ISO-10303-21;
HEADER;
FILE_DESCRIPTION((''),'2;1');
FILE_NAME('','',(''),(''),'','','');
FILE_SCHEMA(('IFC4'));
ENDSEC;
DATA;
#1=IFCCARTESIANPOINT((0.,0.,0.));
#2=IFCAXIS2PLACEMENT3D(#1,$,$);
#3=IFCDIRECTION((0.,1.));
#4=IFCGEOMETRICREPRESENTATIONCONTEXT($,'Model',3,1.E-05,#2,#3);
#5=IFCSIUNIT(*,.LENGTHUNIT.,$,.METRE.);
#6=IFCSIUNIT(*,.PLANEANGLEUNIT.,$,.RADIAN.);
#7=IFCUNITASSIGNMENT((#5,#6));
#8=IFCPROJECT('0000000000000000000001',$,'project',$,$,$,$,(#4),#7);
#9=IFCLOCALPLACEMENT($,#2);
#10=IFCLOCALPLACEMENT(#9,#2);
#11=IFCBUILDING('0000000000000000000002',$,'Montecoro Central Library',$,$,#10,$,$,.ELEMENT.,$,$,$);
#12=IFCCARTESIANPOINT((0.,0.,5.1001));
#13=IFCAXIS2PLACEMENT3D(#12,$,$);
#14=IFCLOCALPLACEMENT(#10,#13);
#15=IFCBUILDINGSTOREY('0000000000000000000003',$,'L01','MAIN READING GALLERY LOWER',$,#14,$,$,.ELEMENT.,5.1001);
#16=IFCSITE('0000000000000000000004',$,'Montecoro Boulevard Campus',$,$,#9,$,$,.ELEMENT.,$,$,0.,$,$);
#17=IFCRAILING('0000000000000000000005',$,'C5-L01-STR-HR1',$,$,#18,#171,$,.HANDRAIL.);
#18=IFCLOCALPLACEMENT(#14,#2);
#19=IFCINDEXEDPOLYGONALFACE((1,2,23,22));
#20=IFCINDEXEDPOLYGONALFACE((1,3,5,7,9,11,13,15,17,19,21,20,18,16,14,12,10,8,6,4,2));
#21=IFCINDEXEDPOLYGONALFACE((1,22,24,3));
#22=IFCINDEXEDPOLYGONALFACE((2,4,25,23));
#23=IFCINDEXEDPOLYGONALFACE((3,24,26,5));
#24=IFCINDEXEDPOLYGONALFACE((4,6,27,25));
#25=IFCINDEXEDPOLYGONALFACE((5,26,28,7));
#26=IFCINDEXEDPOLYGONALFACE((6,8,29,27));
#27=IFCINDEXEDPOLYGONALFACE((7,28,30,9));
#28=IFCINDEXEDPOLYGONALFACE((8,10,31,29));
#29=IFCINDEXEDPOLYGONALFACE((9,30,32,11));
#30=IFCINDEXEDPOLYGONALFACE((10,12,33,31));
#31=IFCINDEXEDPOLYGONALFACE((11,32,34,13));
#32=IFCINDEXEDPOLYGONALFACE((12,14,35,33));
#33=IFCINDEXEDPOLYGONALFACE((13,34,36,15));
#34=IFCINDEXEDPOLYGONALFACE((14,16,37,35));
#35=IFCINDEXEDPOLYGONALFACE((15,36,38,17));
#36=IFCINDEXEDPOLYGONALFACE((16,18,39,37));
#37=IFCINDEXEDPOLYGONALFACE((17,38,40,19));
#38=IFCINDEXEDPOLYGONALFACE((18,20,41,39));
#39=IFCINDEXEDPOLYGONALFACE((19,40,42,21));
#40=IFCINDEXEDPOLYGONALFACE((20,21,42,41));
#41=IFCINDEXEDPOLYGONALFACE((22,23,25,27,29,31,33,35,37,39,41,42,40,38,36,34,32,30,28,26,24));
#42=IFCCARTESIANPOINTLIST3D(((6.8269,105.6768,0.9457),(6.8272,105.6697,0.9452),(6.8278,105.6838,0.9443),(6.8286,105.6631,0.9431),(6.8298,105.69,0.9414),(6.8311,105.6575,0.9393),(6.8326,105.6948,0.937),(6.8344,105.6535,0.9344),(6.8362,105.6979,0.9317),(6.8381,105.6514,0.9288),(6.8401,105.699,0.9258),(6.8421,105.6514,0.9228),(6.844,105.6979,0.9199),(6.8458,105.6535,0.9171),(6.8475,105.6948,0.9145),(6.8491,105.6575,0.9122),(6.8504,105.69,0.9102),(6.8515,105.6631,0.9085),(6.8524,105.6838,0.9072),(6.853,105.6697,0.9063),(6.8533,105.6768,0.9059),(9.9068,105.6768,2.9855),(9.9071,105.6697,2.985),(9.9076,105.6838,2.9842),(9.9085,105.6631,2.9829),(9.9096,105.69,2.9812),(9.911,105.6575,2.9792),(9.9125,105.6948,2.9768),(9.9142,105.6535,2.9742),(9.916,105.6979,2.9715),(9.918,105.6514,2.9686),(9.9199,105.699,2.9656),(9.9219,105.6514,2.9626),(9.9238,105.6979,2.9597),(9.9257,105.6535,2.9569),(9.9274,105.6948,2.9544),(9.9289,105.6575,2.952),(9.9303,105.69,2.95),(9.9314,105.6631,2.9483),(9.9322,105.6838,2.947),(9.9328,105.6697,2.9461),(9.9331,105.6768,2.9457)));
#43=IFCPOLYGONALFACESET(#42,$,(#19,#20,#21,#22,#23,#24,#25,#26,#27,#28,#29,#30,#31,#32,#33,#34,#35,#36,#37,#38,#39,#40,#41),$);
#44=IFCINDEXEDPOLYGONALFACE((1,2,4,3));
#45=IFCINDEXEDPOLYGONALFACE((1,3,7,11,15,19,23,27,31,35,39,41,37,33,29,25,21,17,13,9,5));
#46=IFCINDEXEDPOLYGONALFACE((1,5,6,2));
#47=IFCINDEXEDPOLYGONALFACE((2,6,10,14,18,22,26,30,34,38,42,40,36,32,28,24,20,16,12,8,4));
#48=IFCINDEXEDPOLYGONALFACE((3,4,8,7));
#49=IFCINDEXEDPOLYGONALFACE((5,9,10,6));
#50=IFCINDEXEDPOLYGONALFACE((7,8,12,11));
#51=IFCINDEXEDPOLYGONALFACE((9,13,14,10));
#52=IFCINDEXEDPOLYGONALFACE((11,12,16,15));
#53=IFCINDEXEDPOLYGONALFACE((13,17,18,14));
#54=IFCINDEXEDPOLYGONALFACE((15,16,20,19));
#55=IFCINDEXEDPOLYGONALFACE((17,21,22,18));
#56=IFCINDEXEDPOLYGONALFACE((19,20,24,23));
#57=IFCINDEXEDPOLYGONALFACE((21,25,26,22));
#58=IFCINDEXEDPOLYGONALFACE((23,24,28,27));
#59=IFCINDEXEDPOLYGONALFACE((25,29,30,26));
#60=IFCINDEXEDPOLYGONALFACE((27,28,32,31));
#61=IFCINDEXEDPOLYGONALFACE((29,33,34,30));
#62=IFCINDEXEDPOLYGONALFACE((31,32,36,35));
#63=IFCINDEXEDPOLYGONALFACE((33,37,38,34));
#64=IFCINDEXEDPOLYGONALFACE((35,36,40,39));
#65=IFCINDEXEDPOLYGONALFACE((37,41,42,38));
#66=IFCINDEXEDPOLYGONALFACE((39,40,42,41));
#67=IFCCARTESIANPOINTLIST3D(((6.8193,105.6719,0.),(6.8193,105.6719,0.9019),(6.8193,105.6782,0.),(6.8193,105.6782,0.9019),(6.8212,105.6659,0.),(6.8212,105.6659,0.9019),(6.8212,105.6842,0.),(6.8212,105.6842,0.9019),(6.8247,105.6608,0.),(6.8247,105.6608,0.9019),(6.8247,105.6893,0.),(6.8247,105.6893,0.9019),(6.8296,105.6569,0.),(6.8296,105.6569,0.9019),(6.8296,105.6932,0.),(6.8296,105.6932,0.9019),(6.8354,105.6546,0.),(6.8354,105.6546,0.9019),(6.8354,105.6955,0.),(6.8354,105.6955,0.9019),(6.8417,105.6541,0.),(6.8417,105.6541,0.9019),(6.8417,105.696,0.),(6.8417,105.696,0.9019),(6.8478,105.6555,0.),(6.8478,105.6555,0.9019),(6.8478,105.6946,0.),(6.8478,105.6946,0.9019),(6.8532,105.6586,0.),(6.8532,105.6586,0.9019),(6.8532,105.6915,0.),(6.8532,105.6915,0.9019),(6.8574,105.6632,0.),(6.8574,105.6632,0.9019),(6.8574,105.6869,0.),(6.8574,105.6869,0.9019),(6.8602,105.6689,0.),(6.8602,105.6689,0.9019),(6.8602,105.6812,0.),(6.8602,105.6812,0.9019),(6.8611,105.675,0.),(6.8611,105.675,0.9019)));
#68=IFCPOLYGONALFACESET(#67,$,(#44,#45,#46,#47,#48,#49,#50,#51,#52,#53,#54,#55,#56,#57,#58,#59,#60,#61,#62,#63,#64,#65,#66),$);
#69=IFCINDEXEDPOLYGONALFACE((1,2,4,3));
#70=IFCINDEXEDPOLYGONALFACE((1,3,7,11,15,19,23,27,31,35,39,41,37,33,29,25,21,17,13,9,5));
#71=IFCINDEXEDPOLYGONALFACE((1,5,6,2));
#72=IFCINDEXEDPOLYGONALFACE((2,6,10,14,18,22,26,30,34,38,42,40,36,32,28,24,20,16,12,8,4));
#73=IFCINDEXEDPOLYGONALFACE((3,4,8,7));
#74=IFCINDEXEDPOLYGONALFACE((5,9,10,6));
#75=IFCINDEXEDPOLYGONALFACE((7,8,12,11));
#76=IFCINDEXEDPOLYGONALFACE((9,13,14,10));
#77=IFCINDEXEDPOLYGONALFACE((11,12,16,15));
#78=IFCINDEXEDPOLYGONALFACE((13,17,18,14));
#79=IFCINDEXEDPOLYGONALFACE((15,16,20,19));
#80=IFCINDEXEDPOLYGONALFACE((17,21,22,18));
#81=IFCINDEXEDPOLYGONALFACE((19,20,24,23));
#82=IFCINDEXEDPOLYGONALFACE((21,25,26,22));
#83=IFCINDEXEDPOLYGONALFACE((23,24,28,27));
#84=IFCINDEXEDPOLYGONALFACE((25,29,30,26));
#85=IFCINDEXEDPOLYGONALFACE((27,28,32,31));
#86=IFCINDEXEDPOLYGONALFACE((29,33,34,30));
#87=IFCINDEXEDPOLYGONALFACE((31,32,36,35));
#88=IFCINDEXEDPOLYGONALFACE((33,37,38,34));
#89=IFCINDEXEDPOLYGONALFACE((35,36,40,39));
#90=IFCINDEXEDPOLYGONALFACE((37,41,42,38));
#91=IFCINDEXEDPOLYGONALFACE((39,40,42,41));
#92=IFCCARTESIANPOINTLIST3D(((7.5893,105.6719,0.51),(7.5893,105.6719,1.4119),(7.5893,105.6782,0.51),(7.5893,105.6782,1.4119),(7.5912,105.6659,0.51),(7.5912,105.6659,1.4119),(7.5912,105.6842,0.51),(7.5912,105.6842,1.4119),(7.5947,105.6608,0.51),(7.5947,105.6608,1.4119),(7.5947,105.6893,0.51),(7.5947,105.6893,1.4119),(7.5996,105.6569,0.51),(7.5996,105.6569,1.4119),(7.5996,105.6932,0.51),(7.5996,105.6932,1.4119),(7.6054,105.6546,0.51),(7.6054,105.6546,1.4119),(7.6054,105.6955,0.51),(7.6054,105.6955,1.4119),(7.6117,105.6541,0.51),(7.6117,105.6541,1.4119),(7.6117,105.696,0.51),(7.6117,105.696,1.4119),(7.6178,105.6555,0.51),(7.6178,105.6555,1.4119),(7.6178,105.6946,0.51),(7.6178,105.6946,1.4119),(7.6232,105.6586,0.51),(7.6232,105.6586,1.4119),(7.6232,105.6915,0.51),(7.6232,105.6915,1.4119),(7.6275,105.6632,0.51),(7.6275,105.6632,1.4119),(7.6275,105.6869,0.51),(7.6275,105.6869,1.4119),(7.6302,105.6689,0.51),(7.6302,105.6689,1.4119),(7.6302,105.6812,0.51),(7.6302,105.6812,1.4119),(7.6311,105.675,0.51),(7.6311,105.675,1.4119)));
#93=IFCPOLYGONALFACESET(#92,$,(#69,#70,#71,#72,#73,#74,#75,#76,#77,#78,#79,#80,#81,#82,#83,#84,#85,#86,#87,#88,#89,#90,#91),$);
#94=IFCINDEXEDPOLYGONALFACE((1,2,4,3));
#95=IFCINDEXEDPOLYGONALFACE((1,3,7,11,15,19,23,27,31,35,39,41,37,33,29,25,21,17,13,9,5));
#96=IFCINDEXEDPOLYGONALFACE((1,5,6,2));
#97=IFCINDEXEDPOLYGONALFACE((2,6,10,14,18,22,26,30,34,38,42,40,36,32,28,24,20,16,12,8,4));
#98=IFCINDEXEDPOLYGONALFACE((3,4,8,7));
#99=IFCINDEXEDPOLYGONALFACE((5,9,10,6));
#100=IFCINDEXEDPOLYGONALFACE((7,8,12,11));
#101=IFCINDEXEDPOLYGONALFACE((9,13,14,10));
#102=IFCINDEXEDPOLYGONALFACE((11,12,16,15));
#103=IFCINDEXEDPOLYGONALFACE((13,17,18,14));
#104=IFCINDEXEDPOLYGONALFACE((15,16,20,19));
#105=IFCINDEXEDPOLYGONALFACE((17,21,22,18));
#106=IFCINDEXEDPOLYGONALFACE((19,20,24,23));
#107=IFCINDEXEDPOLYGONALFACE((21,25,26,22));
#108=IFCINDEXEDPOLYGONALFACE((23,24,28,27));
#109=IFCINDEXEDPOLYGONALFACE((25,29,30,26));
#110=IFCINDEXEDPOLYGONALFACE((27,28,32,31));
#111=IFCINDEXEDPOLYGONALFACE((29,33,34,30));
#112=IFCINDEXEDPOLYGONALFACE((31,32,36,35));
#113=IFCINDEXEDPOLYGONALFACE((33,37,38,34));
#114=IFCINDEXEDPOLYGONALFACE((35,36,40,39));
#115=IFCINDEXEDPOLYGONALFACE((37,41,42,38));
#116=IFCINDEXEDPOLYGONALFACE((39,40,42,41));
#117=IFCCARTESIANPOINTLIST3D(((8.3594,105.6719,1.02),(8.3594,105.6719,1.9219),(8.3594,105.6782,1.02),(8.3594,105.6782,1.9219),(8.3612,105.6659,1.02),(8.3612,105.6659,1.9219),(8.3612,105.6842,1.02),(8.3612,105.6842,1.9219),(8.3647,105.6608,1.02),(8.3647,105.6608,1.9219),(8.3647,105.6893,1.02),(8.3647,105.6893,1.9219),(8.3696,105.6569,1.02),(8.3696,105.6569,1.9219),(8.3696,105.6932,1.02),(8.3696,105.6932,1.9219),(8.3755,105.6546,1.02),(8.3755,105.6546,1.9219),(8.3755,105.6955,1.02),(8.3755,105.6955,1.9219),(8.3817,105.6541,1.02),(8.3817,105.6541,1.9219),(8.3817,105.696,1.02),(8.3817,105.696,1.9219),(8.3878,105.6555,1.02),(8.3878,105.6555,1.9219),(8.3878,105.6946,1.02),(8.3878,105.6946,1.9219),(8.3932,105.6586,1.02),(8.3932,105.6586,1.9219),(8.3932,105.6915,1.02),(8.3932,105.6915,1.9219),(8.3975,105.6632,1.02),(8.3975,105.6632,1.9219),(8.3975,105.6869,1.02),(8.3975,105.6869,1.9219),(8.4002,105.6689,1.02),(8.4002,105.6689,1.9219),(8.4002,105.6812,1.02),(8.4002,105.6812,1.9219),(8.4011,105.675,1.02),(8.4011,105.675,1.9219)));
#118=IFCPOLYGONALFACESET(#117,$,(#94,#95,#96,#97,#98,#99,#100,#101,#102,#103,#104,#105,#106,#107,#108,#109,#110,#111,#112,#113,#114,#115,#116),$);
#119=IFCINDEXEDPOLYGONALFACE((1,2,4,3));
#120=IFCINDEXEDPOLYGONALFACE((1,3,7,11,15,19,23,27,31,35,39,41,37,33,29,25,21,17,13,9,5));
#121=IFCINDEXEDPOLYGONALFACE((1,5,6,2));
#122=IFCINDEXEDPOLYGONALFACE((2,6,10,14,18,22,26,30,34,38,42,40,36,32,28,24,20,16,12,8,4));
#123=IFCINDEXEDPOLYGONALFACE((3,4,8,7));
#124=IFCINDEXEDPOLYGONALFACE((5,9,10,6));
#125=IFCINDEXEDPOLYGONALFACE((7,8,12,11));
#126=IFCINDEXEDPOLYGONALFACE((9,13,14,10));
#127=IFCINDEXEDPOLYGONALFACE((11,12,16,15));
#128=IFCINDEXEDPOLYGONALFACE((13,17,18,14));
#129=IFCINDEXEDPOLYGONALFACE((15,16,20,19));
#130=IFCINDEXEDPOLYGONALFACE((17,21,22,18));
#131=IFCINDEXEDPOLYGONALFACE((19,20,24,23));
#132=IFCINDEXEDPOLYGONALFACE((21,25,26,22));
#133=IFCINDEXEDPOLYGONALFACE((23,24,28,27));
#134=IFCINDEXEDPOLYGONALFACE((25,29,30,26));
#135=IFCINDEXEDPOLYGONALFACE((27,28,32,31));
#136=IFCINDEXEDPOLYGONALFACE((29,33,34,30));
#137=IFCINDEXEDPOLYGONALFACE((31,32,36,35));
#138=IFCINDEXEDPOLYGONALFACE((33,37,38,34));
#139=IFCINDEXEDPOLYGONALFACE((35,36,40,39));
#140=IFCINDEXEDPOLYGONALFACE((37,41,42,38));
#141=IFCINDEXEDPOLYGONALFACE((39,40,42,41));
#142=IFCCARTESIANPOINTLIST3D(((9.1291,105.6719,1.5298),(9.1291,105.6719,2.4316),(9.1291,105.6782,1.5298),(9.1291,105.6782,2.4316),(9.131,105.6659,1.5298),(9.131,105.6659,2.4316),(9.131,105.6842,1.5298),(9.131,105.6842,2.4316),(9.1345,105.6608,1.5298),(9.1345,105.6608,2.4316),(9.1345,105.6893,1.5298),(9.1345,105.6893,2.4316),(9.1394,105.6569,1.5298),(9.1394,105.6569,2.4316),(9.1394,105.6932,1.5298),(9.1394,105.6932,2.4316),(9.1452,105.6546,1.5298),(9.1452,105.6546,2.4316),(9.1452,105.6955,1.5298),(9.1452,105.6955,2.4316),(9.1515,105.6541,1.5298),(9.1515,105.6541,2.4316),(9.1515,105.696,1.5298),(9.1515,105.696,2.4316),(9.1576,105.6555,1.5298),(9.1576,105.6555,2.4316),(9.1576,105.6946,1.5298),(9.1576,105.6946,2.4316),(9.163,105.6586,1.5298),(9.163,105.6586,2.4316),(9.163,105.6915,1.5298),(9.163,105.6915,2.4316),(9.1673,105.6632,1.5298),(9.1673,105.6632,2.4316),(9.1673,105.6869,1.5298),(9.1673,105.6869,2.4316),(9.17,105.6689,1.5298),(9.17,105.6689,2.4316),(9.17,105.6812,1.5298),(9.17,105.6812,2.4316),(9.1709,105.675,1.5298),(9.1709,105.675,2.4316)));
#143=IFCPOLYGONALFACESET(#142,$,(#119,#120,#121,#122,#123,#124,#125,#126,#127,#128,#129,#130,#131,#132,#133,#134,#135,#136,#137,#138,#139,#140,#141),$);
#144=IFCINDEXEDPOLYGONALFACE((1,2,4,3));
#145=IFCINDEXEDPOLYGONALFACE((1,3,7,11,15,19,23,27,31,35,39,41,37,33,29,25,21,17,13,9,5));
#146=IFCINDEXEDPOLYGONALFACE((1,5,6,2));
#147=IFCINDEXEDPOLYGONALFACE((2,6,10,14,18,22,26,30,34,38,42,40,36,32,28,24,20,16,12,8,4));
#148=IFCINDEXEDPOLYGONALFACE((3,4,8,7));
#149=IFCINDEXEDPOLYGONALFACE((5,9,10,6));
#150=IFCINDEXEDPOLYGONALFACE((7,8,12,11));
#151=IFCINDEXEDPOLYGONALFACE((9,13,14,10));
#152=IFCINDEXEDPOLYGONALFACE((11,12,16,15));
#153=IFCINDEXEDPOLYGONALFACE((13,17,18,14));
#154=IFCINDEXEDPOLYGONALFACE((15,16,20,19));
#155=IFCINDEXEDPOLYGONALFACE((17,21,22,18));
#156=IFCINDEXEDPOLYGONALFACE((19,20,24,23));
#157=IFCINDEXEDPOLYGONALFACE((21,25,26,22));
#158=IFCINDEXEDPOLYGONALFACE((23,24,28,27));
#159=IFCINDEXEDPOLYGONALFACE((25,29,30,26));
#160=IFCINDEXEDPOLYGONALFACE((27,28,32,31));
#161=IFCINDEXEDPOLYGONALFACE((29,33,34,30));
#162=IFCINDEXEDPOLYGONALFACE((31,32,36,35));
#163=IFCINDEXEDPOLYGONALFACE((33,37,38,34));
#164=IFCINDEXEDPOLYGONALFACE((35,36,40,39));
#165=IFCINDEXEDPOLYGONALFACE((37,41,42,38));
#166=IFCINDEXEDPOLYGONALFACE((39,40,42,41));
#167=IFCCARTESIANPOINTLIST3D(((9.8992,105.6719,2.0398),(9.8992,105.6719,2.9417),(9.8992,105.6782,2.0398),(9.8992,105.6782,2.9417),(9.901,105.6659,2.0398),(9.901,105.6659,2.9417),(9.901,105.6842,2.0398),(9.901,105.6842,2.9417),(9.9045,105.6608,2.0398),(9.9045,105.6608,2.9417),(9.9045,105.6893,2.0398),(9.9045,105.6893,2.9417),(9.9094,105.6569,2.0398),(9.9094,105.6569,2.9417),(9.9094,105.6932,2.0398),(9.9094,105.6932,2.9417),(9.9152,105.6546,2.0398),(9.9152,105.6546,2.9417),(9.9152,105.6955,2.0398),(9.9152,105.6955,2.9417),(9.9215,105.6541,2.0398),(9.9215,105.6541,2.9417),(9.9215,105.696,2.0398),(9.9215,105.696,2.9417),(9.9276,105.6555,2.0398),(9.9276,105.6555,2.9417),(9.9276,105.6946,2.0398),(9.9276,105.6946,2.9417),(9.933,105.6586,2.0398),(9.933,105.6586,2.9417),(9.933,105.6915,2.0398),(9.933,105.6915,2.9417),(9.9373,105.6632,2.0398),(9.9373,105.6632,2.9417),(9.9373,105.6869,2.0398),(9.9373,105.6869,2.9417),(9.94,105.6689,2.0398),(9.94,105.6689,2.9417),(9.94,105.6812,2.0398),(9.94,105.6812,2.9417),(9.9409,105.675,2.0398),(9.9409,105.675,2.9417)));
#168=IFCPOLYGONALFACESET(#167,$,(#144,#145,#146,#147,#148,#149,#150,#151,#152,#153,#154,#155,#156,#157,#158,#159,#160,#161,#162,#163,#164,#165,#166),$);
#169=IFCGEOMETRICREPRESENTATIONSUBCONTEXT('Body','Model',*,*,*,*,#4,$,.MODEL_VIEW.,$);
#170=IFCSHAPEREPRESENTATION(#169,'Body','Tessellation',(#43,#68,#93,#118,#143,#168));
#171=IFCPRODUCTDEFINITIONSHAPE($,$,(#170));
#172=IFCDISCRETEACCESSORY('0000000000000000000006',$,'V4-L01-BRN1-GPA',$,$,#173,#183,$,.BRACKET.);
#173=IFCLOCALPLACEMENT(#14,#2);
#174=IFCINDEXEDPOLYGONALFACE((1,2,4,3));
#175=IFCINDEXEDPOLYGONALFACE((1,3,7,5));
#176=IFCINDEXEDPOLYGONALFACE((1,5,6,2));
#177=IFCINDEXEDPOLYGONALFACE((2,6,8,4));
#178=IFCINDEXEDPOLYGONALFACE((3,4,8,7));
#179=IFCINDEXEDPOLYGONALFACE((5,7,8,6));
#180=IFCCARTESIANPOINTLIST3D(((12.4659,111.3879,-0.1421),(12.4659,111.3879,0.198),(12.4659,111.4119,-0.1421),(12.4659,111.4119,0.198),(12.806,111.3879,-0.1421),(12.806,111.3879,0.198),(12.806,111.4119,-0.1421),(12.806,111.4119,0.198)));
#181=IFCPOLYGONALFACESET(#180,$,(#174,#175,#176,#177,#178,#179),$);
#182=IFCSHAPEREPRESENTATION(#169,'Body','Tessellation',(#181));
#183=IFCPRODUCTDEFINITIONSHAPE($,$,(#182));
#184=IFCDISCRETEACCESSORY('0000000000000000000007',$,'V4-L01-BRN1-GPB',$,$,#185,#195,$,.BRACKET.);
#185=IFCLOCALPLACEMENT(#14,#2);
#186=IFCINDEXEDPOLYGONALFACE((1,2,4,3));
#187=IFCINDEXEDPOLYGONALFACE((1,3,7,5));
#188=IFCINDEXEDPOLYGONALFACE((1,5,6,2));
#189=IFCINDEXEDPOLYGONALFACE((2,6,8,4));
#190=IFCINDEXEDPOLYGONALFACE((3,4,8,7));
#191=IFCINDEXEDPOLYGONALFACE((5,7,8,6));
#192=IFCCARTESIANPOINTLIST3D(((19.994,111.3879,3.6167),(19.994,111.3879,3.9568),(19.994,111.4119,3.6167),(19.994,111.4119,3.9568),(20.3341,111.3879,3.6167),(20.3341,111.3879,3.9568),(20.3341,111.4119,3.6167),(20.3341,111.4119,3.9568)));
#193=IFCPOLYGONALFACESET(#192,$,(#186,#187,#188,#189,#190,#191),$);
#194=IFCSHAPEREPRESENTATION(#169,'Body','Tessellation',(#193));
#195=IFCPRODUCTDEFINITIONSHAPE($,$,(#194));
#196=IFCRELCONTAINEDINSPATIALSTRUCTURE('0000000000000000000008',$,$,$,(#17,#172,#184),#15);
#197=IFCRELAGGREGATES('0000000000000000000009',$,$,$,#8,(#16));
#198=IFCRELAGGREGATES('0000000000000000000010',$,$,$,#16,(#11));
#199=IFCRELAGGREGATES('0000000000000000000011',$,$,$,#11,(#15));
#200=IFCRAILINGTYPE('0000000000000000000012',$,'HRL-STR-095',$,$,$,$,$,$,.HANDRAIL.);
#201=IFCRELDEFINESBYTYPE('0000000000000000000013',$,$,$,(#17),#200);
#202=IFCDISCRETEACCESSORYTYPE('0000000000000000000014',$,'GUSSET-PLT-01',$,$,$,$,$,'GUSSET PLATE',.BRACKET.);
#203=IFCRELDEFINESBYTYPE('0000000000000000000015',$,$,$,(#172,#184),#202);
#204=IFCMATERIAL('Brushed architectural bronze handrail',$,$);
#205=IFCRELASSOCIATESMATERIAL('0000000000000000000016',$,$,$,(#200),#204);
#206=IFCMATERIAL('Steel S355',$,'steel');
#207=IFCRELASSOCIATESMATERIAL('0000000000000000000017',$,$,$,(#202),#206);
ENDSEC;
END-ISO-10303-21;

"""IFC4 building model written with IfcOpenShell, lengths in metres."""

from ifc_helpers import new_model, si_unit, direction, frame, origin, origin_2d, place, context, subcontext, project, spatial, rectangle, circle, extrude, material, type_object, element, save


model = new_model("IFC4")

# Units and contexts
model_context = context("Model", 3, precision=1e-05, world=origin(), true_north=direction((0.0, 1.0)))
body_context = subcontext(model_context, "Body", "Model", "MODEL_VIEW")
ifc_project = project(units=[si_unit("LENGTHUNIT", "METRE"), si_unit("PLANEANGLEUNIT", "RADIAN")], contexts=[model_context])

# Site, building, storey
site_placement = place(None, origin())
site = spatial("IfcSite", under=ifc_project, at=site_placement, Name="Montecoro Boulevard Campus", CompositionType="ELEMENT", RefElevation=0.0)
building_placement = place(site_placement, origin())
building = spatial("IfcBuilding", under=site, at=building_placement, Name="Montecoro Central Library", CompositionType="ELEMENT")
storey_placement = place(building_placement, frame((0.0, 0.0, 5.1001)))
storey = spatial("IfcBuildingStorey", under=building, at=storey_placement, Name="L01", Description="MAIN READING GALLERY LOWER", CompositionType="ELEMENT", Elevation=5.1001)

# Shared definitions
ifc_material_1 = material(Name="Steel S355", Category="steel")

# Railing
ifc_material_2 = material(Name="Brushed architectural bronze handrail")
railing_type_1 = type_object("IfcRailingType", Name="HRL-STR-095", PredefinedType="HANDRAIL", material=ifc_material_2)
railing_1_placement = place(storey_placement, frame((6.8401, 105.675, 0.0)))
element("IfcRailing", 1, at=railing_1_placement, inside=storey, type_object=railing_type_1, Name="C5-L01-STR-HR1", PredefinedType="HANDRAIL", context=body_context, shape_type="SweptSolid", body=[
    extrude(circle(Radius=0.0239, at=origin_2d()), frame((0.0, 0.0, 0.9258), z_axis=(0.833724, 0.0, 0.552181), x_axis=(0.0, 1.0, 0.0)), (0.0, 0.0, 1.0), 3.6941),
    extrude(circle(Radius=0.021, at=origin_2d()), origin(), (0.0, 0.0, 1.0), 0.9019),
    extrude(circle(Radius=0.021, at=origin_2d()), frame((0.77, 0.0, 0.51)), (0.0, 0.0, 1.0), 0.9019),
    extrude(circle(Radius=0.021, at=origin_2d()), frame((1.54, 0.0, 1.02)), (0.0, 0.0, 1.0), 0.9019),
    extrude(circle(Radius=0.021, at=origin_2d()), frame((2.3098, 0.0, 1.5298)), (0.0, 0.0, 1.0), 0.9019),
    extrude(circle(Radius=0.021, at=origin_2d()), frame((3.0798, 0.0, 2.0398)), (0.0, 0.0, 1.0), 0.9019),
])

# Discrete accessories
discrete_accessory_type = type_object("IfcDiscreteAccessoryType", Name="GUSSET-PLT-01", ElementType="GUSSET PLATE", PredefinedType="BRACKET", material=ifc_material_1)
for number, where, z_axis, x_axis, name in (
    (2, (12.636, 111.3999, -0.1421), (0.0, 0.0, 1.0), (1.0, 0.0, 0.0), "V4-L01-BRN1-GPA"),
    (3, (20.1641, 111.3999, 3.6167), (0.0, 0.0, 1.0), (1.0, 0.0, 0.0), "V4-L01-BRN1-GPB"),
):
    element("IfcDiscreteAccessory", number, at=place(storey_placement, frame(where, z_axis=z_axis, x_axis=x_axis)), inside=storey, type_object=discrete_accessory_type, Name=name, PredefinedType="BRACKET", context=body_context, shape_type="SweptSolid", body=[
        extrude(rectangle(XDim=0.3401, YDim=0.0239, at=origin_2d()), origin(), (0.0, 0.0, 1.0), 0.3401),
    ])

save(model, "model.ifc")
